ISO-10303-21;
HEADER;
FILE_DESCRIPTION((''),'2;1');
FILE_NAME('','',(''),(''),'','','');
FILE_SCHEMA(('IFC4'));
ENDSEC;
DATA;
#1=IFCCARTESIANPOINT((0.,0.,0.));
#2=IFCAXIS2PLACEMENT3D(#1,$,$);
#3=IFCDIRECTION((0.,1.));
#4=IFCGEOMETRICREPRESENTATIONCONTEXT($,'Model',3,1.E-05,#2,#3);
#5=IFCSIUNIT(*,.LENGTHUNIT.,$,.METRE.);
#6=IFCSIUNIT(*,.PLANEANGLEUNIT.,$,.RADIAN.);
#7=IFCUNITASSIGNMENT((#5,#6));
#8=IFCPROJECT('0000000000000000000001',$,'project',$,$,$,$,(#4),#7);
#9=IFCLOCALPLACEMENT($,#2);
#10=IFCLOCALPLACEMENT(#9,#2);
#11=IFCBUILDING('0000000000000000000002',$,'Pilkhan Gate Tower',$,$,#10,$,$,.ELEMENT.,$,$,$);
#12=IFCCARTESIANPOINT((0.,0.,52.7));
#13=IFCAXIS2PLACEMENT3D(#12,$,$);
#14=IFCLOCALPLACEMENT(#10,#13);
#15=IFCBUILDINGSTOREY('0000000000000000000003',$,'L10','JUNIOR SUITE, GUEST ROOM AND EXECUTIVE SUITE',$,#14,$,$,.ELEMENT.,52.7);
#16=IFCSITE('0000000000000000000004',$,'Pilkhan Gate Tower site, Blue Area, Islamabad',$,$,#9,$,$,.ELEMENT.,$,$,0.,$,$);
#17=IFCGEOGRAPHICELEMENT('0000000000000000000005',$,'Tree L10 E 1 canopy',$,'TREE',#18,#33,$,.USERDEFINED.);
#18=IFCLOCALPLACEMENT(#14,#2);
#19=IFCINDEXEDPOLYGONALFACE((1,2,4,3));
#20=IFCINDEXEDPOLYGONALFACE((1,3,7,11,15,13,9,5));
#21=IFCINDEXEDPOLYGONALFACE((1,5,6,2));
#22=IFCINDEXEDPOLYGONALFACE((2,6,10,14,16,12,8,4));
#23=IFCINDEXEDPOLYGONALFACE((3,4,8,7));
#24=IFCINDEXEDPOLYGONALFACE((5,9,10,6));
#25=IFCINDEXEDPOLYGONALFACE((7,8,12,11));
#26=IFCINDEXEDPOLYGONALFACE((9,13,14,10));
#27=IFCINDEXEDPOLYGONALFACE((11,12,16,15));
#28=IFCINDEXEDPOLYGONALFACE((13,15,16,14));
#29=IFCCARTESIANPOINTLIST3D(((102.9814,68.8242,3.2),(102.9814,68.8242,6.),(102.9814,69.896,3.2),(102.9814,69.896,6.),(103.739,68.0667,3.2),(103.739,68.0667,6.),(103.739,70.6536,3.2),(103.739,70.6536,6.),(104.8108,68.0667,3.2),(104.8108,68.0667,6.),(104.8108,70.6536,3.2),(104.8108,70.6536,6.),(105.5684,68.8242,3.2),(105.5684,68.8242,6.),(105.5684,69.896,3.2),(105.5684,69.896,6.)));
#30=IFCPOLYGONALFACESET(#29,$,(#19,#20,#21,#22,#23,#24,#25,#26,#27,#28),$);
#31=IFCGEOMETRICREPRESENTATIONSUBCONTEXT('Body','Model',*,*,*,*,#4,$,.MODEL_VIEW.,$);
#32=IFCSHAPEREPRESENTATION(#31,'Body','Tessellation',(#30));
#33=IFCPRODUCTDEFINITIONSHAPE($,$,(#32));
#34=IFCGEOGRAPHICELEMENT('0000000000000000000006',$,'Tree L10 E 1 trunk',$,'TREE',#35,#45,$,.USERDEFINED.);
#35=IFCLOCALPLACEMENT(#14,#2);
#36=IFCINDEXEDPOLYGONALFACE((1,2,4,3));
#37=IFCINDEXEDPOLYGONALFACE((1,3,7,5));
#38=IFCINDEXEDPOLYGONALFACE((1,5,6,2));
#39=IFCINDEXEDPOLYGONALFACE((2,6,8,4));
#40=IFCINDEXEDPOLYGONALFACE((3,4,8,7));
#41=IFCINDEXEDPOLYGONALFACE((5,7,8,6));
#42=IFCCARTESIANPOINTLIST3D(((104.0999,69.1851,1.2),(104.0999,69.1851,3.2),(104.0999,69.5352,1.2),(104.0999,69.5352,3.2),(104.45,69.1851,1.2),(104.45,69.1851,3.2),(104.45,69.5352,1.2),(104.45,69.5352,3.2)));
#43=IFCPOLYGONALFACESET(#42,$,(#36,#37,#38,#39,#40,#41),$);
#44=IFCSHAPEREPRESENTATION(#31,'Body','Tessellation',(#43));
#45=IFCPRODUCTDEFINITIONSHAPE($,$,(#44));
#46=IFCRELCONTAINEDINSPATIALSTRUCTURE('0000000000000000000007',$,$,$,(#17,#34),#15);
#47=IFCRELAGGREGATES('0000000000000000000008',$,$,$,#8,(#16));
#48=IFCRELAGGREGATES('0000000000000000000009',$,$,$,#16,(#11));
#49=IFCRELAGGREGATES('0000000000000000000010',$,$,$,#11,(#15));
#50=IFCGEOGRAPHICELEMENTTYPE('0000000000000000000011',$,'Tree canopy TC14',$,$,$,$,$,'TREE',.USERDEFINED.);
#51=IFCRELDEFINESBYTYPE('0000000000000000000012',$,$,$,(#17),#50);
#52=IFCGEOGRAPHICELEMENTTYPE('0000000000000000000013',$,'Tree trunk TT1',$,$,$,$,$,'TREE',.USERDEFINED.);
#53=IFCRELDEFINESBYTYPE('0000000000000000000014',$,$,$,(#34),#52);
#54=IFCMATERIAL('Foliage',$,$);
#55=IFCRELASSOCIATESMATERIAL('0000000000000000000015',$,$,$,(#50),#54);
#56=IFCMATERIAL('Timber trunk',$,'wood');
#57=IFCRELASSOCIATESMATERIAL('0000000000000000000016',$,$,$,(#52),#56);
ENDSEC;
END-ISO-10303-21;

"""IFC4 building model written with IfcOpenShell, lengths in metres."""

from ifc_helpers import new_model, si_unit, direction, frame, origin, origin_2d, place, context, subcontext, project, spatial, polyline, rectangle, outline, extrude, material, material_profile, profile_set, type_object, element, save


model = new_model("IFC4")

# Units and contexts
model_context = context("Model", 3, precision=1e-05, world=origin(), true_north=direction((0.0, 1.0)))
body_context = subcontext(model_context, "Body", "Model", "MODEL_VIEW")
ifc_project = project(units=[si_unit("LENGTHUNIT", "METRE"), si_unit("PLANEANGLEUNIT", "RADIAN")], contexts=[model_context])

# Site, building, storey
site_placement = place(None, origin())
site = spatial("IfcSite", under=ifc_project, at=site_placement, Name="Pilkhan Gate Tower site, Blue Area, Islamabad", CompositionType="ELEMENT", RefElevation=0.0)
building_placement = place(site_placement, origin())
building = spatial("IfcBuilding", under=site, at=building_placement, Name="Pilkhan Gate Tower", CompositionType="ELEMENT")
storey_placement = place(building_placement, frame((0.0, 0.0, 52.7)))
storey = spatial("IfcBuildingStorey", under=building, at=storey_placement, Name="L10", Description="JUNIOR SUITE, GUEST ROOM AND EXECUTIVE SUITE", CompositionType="ELEMENT", Elevation=52.7)

# Geographic elements
ifc_material_1 = material(Name="Foliage")
ifc_material_profile_1 = material_profile(ifc_material_1, outline(polyline([(1.2935, 0.5359), (0.5359, 1.2935), (-0.5359, 1.2935), (-1.2935, 0.5359), (-1.2935, -0.5359), (-0.5359, -1.2935), (0.5359, -1.2935), (1.2935, -0.5359), (1.2935, 0.5359)])), Name="Canopy D2.8")
ifc_profile_set_1 = profile_set([ifc_material_profile_1], Name="Foliage")
geographic_element_type_1 = type_object("IfcGeographicElementType", Name="Tree canopy TC14", ElementType="TREE", PredefinedType="USERDEFINED", material=ifc_profile_set_1)
geographic_element_1_placement = place(storey_placement, frame((104.2749, 69.3601, 3.2), z_axis=(0.0, 0.0, 1.0), x_axis=(1.0, 0.0, 0.0)))
element("IfcGeographicElement", 1, at=geographic_element_1_placement, inside=storey, type_object=geographic_element_type_1, Name="Tree L10 E 1 canopy", ObjectType="TREE", PredefinedType="USERDEFINED", context=body_context, shape_type="SweptSolid", body=[
    extrude(outline(polyline([(1.2935, 0.5359), (0.5359, 1.2935), (-0.5359, 1.2935), (-1.2935, 0.5359), (-1.2935, -0.5359), (-0.5359, -1.2935), (0.5359, -1.2935), (1.2935, -0.5359), (1.2935, 0.5359)])), origin(), (0.0, 0.0, 1.0), 2.8),
])
ifc_material_2 = material(Name="Timber trunk", Category="wood")
geographic_element_type_2 = type_object("IfcGeographicElementType", Name="Tree trunk TT1", ElementType="TREE", PredefinedType="USERDEFINED", material=ifc_material_2)
geographic_element_2_placement = place(storey_placement, frame((104.2749, 69.3601, 1.2), z_axis=(0.0, 0.0, 1.0), x_axis=(1.0, 0.0, 0.0)))
element("IfcGeographicElement", 2, at=geographic_element_2_placement, inside=storey, type_object=geographic_element_type_2, Name="Tree L10 E 1 trunk", ObjectType="TREE", PredefinedType="USERDEFINED", context=body_context, shape_type="SweptSolid", body=[
    extrude(rectangle(XDim=0.3501, YDim=0.3501, at=origin_2d()), origin(), (0.0, 0.0, 1.0), 2.0),
])

save(model, "model.ifc")
